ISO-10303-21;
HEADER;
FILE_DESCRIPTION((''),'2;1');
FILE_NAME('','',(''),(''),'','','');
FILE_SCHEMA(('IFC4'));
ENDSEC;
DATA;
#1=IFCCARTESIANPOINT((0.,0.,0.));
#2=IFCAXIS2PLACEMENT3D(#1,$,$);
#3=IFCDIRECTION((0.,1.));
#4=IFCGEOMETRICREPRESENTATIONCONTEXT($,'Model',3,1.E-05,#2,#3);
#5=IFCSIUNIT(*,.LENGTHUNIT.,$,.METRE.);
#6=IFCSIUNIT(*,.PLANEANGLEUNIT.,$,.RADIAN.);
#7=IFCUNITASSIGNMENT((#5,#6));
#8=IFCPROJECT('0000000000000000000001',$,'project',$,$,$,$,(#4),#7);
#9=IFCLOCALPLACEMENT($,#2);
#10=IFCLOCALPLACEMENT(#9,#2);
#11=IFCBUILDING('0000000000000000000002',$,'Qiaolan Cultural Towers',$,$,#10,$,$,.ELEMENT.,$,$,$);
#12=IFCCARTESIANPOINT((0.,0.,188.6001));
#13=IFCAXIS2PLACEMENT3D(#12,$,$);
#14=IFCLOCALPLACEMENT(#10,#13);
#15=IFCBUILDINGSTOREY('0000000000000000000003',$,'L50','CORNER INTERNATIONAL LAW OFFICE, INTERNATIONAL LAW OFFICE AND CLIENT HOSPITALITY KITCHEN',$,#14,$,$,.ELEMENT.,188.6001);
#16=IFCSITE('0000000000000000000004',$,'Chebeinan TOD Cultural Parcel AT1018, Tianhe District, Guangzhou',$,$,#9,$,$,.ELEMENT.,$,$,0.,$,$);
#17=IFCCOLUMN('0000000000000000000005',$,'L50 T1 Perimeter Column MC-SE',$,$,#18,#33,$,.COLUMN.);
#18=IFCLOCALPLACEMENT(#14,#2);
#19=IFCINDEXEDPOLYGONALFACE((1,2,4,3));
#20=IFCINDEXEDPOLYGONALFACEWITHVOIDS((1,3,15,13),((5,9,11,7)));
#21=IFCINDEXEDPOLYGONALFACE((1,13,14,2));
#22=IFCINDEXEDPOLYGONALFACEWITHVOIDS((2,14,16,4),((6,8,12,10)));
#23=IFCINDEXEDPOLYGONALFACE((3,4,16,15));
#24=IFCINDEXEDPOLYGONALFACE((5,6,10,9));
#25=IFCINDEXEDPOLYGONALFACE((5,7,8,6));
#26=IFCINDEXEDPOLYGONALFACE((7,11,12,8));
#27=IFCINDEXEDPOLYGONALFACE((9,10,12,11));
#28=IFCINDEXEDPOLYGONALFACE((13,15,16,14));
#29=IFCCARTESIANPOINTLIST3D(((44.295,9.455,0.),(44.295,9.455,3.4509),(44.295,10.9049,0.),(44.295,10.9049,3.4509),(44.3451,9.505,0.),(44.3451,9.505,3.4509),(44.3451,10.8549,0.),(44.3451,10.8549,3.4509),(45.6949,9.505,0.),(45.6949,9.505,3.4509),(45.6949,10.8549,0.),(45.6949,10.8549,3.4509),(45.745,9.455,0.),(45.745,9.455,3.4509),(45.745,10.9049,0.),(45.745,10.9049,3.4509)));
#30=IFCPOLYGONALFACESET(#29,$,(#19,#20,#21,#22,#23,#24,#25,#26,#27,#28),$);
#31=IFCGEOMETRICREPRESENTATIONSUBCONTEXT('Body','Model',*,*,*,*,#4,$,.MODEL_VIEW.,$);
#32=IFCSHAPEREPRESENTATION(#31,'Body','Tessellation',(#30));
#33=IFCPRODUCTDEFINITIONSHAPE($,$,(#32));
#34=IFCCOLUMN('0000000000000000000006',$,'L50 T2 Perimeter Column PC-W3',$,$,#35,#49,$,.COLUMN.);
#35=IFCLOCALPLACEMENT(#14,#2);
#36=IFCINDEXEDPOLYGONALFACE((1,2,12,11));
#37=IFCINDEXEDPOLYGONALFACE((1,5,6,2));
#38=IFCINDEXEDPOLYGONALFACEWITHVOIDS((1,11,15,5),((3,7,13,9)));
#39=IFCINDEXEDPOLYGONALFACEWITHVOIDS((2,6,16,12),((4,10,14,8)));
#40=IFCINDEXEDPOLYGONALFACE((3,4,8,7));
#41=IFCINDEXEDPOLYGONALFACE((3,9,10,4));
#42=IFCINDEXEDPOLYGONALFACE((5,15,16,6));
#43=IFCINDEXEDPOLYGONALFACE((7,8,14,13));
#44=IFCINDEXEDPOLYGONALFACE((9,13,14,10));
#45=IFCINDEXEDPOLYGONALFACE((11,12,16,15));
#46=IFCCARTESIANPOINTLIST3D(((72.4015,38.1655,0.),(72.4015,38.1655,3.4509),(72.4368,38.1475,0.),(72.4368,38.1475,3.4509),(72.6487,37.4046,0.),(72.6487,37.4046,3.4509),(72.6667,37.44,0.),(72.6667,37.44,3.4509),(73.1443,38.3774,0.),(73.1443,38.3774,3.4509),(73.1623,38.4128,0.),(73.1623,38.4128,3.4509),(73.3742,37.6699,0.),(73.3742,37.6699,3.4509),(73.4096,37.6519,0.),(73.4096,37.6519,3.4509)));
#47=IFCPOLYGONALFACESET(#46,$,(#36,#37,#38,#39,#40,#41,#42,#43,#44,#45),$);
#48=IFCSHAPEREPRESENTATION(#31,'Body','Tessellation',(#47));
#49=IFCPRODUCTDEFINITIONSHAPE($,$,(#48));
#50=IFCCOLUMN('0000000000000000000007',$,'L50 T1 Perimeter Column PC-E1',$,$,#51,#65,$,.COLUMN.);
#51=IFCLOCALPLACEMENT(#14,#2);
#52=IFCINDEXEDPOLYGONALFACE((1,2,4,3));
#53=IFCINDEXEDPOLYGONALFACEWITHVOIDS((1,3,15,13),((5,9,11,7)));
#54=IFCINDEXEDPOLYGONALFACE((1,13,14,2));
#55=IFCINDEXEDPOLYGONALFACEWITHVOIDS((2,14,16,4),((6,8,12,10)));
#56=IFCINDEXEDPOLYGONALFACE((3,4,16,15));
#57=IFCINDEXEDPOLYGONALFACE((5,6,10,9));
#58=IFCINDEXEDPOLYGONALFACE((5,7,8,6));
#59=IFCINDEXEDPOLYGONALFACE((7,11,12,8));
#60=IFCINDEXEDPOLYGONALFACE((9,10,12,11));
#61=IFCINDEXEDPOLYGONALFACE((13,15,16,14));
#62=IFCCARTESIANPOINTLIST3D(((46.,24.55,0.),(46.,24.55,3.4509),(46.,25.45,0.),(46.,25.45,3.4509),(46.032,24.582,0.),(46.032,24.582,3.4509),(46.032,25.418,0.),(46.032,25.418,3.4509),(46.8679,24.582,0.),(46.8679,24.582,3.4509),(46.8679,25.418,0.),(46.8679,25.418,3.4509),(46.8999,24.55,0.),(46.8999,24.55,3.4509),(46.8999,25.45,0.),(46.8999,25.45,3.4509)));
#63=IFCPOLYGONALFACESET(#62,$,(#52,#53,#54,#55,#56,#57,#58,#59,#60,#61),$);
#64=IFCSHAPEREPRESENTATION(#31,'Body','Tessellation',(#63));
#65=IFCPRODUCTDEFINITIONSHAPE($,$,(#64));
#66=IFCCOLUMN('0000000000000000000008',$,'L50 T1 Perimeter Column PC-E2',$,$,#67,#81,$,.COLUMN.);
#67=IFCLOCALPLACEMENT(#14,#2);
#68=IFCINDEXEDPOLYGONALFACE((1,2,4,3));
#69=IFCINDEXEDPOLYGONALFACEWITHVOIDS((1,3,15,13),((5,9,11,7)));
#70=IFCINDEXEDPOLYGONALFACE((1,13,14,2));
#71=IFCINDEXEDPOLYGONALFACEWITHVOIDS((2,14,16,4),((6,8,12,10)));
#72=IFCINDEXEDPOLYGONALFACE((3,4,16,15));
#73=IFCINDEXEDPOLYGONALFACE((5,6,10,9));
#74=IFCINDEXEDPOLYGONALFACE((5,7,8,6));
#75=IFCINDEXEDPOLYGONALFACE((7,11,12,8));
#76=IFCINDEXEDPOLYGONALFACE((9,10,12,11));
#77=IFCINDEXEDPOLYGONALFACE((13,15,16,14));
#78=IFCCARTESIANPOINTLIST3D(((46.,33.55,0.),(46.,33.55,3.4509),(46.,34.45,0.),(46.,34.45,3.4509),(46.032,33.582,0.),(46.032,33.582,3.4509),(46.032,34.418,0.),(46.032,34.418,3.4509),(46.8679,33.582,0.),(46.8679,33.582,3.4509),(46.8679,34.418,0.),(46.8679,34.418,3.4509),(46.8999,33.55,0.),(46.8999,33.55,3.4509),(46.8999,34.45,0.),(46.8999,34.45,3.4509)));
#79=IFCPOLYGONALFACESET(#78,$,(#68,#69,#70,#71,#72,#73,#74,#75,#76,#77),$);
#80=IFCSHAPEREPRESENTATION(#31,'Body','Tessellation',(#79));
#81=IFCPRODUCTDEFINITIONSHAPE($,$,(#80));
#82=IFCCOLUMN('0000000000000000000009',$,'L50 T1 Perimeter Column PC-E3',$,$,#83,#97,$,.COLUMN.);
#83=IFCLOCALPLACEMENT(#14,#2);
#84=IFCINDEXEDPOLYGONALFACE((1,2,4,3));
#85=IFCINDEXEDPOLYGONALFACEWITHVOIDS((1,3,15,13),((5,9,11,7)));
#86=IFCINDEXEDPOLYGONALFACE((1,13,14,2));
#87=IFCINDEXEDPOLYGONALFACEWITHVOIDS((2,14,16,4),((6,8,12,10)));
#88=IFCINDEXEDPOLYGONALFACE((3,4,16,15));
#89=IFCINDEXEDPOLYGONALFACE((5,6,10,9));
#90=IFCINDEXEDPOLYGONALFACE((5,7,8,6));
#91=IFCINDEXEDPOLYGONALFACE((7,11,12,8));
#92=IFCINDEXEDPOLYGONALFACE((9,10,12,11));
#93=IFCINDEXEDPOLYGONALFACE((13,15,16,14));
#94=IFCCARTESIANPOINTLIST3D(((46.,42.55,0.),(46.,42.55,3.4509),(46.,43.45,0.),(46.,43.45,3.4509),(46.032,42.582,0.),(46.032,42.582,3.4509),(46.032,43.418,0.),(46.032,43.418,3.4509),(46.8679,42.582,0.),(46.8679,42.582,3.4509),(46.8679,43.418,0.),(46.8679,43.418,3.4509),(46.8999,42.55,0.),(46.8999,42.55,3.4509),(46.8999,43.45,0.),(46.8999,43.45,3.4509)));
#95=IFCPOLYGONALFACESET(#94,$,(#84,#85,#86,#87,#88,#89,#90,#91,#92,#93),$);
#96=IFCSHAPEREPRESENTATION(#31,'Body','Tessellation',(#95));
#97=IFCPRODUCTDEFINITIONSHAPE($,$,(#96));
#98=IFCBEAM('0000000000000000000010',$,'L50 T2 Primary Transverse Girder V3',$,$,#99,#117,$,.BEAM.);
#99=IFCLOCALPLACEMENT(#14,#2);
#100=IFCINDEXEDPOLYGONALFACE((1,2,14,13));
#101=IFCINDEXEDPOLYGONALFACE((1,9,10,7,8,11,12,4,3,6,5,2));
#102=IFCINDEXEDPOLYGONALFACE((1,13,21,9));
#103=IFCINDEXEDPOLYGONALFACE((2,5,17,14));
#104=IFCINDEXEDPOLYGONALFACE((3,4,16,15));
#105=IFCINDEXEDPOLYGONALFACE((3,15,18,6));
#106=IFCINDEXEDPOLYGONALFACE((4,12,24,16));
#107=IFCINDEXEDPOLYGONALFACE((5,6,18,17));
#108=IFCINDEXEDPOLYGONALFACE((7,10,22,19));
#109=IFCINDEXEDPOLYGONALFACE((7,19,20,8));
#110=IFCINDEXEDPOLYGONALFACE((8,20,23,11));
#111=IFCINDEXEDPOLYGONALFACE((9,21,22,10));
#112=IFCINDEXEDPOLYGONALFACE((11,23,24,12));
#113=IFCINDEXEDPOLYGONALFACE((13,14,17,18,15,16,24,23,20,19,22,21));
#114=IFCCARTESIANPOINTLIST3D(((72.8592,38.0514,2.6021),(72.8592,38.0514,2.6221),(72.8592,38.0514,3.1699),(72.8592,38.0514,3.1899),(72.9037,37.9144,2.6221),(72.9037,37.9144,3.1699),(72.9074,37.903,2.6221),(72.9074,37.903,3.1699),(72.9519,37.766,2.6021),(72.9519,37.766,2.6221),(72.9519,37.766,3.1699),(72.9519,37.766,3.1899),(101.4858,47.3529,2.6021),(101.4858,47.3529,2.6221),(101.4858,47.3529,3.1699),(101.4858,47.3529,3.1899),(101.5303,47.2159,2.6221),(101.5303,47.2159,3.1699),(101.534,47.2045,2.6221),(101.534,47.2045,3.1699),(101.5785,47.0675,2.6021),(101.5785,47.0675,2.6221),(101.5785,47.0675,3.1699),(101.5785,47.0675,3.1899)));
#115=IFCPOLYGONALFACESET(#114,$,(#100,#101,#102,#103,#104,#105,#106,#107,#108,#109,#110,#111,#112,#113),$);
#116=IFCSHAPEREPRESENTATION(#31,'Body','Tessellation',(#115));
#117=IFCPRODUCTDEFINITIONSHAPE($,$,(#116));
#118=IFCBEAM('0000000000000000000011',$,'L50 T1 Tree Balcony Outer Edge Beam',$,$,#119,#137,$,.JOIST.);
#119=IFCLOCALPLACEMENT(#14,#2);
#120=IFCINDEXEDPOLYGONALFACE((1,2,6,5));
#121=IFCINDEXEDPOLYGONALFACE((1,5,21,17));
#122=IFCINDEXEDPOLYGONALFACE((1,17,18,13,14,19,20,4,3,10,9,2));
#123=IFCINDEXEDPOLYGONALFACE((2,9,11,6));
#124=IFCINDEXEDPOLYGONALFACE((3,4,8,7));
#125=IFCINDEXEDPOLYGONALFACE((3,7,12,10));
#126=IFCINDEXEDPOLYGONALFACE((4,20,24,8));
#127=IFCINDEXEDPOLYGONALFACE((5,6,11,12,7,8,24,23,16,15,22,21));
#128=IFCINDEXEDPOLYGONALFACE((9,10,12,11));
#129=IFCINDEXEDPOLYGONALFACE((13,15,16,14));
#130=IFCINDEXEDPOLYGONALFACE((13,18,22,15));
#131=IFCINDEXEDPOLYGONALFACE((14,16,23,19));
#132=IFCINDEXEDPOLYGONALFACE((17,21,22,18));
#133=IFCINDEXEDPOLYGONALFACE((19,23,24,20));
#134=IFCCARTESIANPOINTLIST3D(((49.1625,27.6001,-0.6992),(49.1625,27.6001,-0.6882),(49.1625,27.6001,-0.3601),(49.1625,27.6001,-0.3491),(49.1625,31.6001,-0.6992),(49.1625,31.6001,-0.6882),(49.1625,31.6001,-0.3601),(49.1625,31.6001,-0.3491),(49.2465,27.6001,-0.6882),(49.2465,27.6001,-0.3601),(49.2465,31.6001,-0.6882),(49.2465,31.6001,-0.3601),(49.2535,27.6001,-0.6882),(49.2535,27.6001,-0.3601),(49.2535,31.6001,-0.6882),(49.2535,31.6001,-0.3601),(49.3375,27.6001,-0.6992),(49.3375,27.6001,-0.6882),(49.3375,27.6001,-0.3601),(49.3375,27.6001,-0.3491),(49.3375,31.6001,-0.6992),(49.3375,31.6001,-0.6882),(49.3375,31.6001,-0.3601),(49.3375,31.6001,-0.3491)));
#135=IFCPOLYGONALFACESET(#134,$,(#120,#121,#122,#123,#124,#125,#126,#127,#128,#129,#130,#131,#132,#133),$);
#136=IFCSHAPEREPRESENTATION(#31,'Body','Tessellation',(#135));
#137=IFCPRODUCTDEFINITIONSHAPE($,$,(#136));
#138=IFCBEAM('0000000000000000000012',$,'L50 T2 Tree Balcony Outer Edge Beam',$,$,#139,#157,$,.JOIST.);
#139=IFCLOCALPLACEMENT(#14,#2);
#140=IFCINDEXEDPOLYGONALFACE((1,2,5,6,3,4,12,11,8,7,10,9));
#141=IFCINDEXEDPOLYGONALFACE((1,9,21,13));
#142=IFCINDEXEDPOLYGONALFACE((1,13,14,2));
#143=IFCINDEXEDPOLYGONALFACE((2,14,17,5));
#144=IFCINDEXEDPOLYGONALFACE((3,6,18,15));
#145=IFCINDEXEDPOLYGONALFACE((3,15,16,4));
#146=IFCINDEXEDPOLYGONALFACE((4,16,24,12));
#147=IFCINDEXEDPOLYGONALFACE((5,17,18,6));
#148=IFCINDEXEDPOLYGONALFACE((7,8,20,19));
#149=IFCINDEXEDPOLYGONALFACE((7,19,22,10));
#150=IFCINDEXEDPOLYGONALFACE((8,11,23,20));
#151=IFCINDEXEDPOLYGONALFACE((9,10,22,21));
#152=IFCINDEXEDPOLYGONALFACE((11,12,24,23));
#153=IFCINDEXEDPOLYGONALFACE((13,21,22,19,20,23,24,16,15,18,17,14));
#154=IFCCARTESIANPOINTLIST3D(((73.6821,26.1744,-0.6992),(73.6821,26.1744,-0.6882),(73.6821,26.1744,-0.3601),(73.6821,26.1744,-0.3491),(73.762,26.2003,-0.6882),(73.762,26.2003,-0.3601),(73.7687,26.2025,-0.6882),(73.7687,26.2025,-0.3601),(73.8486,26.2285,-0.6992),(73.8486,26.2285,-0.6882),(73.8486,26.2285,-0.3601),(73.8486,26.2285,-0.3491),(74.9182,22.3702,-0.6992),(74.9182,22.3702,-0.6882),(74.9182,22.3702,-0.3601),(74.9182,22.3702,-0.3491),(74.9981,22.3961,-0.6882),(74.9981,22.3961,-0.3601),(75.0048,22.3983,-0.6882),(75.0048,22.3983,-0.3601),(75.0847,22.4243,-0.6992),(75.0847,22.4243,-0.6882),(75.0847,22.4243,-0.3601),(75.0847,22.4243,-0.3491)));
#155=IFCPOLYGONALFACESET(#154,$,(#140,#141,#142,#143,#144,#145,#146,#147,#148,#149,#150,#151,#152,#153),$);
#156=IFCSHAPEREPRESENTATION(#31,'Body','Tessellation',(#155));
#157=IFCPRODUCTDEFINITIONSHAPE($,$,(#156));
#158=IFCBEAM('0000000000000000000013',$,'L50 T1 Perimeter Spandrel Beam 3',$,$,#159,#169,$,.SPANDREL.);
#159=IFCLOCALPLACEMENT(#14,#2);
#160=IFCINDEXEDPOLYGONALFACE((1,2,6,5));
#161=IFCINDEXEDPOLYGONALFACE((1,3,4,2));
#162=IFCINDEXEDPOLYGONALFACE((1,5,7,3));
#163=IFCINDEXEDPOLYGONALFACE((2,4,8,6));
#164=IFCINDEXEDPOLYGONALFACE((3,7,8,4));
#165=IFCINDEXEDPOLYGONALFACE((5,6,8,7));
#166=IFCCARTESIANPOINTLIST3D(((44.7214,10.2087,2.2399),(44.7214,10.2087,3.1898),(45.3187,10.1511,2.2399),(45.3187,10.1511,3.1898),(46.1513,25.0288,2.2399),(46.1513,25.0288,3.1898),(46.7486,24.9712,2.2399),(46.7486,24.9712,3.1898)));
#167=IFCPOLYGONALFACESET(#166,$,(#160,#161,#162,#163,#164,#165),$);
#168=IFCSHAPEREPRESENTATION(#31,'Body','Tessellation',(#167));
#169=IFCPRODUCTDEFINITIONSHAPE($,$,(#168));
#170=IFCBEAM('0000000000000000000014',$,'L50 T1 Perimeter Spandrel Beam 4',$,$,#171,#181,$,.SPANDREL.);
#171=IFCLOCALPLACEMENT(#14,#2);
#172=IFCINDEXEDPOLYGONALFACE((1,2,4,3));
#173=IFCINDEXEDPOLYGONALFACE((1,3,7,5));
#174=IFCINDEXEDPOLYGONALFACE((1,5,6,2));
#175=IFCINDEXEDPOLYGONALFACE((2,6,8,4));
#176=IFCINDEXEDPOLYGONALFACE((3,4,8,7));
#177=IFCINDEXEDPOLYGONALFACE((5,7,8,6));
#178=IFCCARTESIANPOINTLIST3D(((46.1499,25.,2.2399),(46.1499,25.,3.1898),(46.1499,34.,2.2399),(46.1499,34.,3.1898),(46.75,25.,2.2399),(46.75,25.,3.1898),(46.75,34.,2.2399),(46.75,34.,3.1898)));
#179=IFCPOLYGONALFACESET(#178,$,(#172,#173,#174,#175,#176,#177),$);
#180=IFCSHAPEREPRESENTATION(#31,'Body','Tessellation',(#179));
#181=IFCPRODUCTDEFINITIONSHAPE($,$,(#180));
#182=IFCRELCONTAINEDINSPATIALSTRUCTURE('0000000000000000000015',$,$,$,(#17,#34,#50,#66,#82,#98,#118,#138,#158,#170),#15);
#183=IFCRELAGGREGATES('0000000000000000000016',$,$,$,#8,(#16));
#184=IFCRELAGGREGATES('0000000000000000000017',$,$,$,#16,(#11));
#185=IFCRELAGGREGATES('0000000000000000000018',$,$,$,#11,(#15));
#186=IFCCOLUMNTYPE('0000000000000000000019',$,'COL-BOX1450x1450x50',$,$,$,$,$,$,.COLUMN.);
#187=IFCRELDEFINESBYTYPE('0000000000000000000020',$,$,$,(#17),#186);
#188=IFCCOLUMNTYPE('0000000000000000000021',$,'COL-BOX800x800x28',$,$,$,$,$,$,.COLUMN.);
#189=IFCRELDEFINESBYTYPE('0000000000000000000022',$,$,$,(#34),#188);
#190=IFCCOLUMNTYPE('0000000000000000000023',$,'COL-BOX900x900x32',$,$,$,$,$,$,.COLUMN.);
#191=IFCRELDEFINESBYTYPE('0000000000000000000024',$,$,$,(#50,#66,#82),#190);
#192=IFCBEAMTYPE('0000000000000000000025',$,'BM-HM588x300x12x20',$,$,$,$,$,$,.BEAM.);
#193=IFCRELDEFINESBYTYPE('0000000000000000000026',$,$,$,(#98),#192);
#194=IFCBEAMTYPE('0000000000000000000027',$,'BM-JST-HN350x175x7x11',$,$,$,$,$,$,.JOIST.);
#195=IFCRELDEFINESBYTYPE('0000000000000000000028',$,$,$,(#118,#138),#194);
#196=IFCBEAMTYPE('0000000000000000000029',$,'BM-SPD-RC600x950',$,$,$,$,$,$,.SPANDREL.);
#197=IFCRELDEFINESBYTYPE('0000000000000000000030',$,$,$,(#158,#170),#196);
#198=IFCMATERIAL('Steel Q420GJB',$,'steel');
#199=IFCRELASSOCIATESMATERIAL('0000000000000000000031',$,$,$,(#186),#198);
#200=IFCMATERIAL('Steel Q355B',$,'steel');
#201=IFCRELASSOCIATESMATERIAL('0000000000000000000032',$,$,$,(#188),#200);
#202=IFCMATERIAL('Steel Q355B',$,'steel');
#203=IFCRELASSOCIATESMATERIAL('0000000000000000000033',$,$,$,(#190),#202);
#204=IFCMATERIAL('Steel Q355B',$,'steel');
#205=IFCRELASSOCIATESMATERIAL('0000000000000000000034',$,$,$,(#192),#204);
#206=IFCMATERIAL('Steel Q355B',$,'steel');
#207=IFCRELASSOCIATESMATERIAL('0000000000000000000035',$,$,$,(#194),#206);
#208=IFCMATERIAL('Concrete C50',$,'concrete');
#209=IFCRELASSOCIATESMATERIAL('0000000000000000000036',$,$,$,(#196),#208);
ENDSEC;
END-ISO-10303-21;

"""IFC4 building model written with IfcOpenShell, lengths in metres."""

from ifc_helpers import new_model, si_unit, direction, frame, origin, origin_2d, place, context, subcontext, project, spatial, rectangle, hollow_rectangle, i_section, extrude, material, material_profile, profile_set, type_object, element, save


model = new_model("IFC4")

# Units and contexts
model_context = context("Model", 3, precision=1e-05, world=origin(), true_north=direction((0.0, 1.0)))
body_context = subcontext(model_context, "Body", "Model", "MODEL_VIEW")
ifc_project = project(units=[si_unit("LENGTHUNIT", "METRE"), si_unit("PLANEANGLEUNIT", "RADIAN")], contexts=[model_context])

# Site, building, storey
site_placement = place(None, origin())
site = spatial("IfcSite", under=ifc_project, at=site_placement, Name="Chebeinan TOD Cultural Parcel AT1018, Tianhe District, Guangzhou", CompositionType="ELEMENT", RefElevation=0.0)
building_placement = place(site_placement, origin())
building = spatial("IfcBuilding", under=site, at=building_placement, Name="Qiaolan Cultural Towers", CompositionType="ELEMENT")
storey_placement = place(building_placement, frame((0.0, 0.0, 188.6001)))
storey = spatial("IfcBuildingStorey", under=building, at=storey_placement, Name="L50", Description="CORNER INTERNATIONAL LAW OFFICE, INTERNATIONAL LAW OFFICE AND CLIENT HOSPITALITY KITCHEN", CompositionType="ELEMENT", Elevation=188.6001)

# Columns
ifc_material_1 = material(Name="Steel Q420GJB", Category="steel")
ifc_material_profile_1 = material_profile(ifc_material_1, hollow_rectangle(XDim=1.45, YDim=1.45, WallThickness=0.05, at=origin_2d()), Name="BOX1450x1450x50")
ifc_profile_set_1 = profile_set([ifc_material_profile_1], Name="Steel Q420GJB")
column_type_1 = type_object("IfcColumnType", Name="COL-BOX1450x1450x50", PredefinedType="COLUMN", material=ifc_profile_set_1)
column_1_placement = place(storey_placement, frame((45.02, 10.1799, 0.0), z_axis=(0.0, 0.0, 1.0), x_axis=(1.0, 0.0, 0.0)))
element("IfcColumn", 1, at=column_1_placement, inside=storey, type_object=column_type_1, Name="L50 T1 Perimeter Column MC-SE", PredefinedType="COLUMN", context=body_context, shape_type="SweptSolid", body=[
    extrude(hollow_rectangle(XDim=1.45, YDim=1.45, WallThickness=0.05, at=origin_2d()), origin(), (0.0, 0.0, 1.0), 3.4509),
])
ifc_material_2 = material(Name="Steel Q355B", Category="steel")
ifc_material_profile_2 = material_profile(ifc_material_2, hollow_rectangle(XDim=0.8, YDim=0.8, WallThickness=0.0281, at=origin_2d()), Name="BOX800x800x28")
ifc_profile_set_2 = profile_set([ifc_material_profile_2], Name="Steel Q355B")
column_type_2 = type_object("IfcColumnType", Name="COL-BOX800x800x28", PredefinedType="COLUMN", material=ifc_profile_set_2)
column_2_placement = place(storey_placement, frame((72.9055, 37.9087, 0.0), z_axis=(0.0, 0.0, 1.0), x_axis=(0.951057, 0.309017, 0.0)))
element("IfcColumn", 2, at=column_2_placement, inside=storey, type_object=column_type_2, Name="L50 T2 Perimeter Column PC-W3", PredefinedType="COLUMN", context=body_context, shape_type="SweptSolid", body=[
    extrude(hollow_rectangle(XDim=0.8, YDim=0.8, WallThickness=0.0281, at=origin_2d()), origin(), (0.0, 0.0, 1.0), 3.4509),
])
ifc_material_3 = material(Name="Steel Q355B", Category="steel")
ifc_material_profile_3 = material_profile(ifc_material_3, hollow_rectangle(XDim=0.8999, YDim=0.8999, WallThickness=0.032, at=origin_2d()), Name="BOX900x900x32")
ifc_profile_set_3 = profile_set([ifc_material_profile_3], Name="Steel Q355B")
column_type_3 = type_object("IfcColumnType", Name="COL-BOX900x900x32", PredefinedType="COLUMN", material=ifc_profile_set_3)
for number, where, z_axis, x_axis, name in (
    (3, (46.45, 25.0, 0.0), (0.0, 0.0, 1.0), (1.0, 0.0, 0.0), "L50 T1 Perimeter Column PC-E1"),
    (4, (46.45, 34.0, 0.0), (0.0, 0.0, 1.0), (1.0, 0.0, 0.0), "L50 T1 Perimeter Column PC-E2"),
    (5, (46.45, 43.0, 0.0), (0.0, 0.0, 1.0), (1.0, 0.0, 0.0), "L50 T1 Perimeter Column PC-E3"),
):
    element("IfcColumn", number, at=place(storey_placement, frame(where, z_axis=z_axis, x_axis=x_axis)), inside=storey, type_object=column_type_3, Name=name, PredefinedType="COLUMN", context=body_context, shape_type="SweptSolid", body=[
        extrude(hollow_rectangle(XDim=0.8999, YDim=0.8999, WallThickness=0.032, at=origin_2d()), origin(), (0.0, 0.0, 1.0), 3.4509),
    ])

# Beams
ifc_material_4 = material(Name="Steel Q355B", Category="steel")
ifc_material_profile_4 = material_profile(ifc_material_4, i_section(OverallWidth=0.3, OverallDepth=0.5879, WebThickness=0.012, FlangeThickness=0.02, at=origin_2d()), Name="HM588x300x12x20")
ifc_profile_set_4 = profile_set([ifc_material_profile_4], Name="Steel Q355B")
beam_type_1 = type_object("IfcBeamType", Name="BM-HM588x300x12x20", PredefinedType="BEAM", material=ifc_profile_set_4)
beam_1_placement = place(storey_placement, frame((72.9055, 37.9087, 2.896), z_axis=(0.951055, 0.309021, 0.0), x_axis=(-0.309021, 0.951055, 0.0)))
element("IfcBeam", 6, at=beam_1_placement, inside=storey, type_object=beam_type_1, Name="L50 T2 Primary Transverse Girder V3", PredefinedType="BEAM", context=body_context, shape_type="SweptSolid", body=[
    extrude(i_section(OverallWidth=0.3, OverallDepth=0.5879, WebThickness=0.012, FlangeThickness=0.02, at=origin_2d()), origin(), (0.0, 0.0, 1.0), 30.0999),
])
ifc_material_5 = material(Name="Steel Q355B", Category="steel")
ifc_material_profile_5 = material_profile(ifc_material_5, i_section(OverallWidth=0.175, OverallDepth=0.3501, WebThickness=0.0071, FlangeThickness=0.011, at=origin_2d()), Name="HN350x175x7x11")
ifc_profile_set_5 = profile_set([ifc_material_profile_5], Name="Steel Q355B")
beam_type_2 = type_object("IfcBeamType", Name="BM-JST-HN350x175x7x11", PredefinedType="JOIST", material=ifc_profile_set_5)
for number, where, z_axis, x_axis, name in (
    (7, (49.25, 27.6001, -0.5242), (0.0, 1.0, 0.0), (-1.0, 0.0, 0.0), "L50 T1 Tree Balcony Outer Edge Beam"),
    (8, (75.0015, 22.3972, -0.5242), (-0.309023, 0.951055, 0.0), (-0.951055, -0.309023, 0.0), "L50 T2 Tree Balcony Outer Edge Beam"),
):
    element("IfcBeam", number, at=place(storey_placement, frame(where, z_axis=z_axis, x_axis=x_axis)), inside=storey, type_object=beam_type_2, Name=name, PredefinedType="JOIST", context=body_context, shape_type="SweptSolid", body=[
        extrude(i_section(OverallWidth=0.175, OverallDepth=0.3501, WebThickness=0.0071, FlangeThickness=0.011, at=origin_2d()), origin(), (0.0, 0.0, 1.0), 4.0),
    ])
ifc_material_6 = material(Name="Concrete C50", Category="concrete")
ifc_material_profile_6 = material_profile(ifc_material_6, rectangle(XDim=0.6001, YDim=0.95, at=origin_2d()), Name="RC600x950")
ifc_profile_set_6 = profile_set([ifc_material_profile_6], Name="Concrete C50")
beam_type_3 = type_object("IfcBeamType", Name="BM-SPD-RC600x950", PredefinedType="SPANDREL", material=ifc_profile_set_6)
beam_2_placement = place(storey_placement, frame((45.02, 10.1799, 2.7148), z_axis=(0.09604, 0.995377, 0.0), x_axis=(-0.995377, 0.09604, 0.0)))
element("IfcBeam", 9, at=beam_2_placement, inside=storey, type_object=beam_type_3, Name="L50 T1 Perimeter Spandrel Beam 3", PredefinedType="SPANDREL", context=body_context, shape_type="SweptSolid", body=[
    extrude(rectangle(XDim=0.6001, YDim=0.95, at=origin_2d()), origin(), (0.0, 0.0, 1.0), 14.8889),
])
for number, where, z_axis, x_axis, name in (
    (10, (46.45, 25.0, 2.7148), (0.0, 1.0, 0.0), (-1.0, 0.0, 0.0), "L50 T1 Perimeter Spandrel Beam 4"),
):
    element("IfcBeam", number, at=place(storey_placement, frame(where, z_axis=z_axis, x_axis=x_axis)), inside=storey, type_object=beam_type_3, Name=name, PredefinedType="SPANDREL", context=body_context, shape_type="SweptSolid", body=[
        extrude(rectangle(XDim=0.6001, YDim=0.95, at=origin_2d()), origin(), (0.0, 0.0, 1.0), 9.0),
    ])

save(model, "model.ifc")
